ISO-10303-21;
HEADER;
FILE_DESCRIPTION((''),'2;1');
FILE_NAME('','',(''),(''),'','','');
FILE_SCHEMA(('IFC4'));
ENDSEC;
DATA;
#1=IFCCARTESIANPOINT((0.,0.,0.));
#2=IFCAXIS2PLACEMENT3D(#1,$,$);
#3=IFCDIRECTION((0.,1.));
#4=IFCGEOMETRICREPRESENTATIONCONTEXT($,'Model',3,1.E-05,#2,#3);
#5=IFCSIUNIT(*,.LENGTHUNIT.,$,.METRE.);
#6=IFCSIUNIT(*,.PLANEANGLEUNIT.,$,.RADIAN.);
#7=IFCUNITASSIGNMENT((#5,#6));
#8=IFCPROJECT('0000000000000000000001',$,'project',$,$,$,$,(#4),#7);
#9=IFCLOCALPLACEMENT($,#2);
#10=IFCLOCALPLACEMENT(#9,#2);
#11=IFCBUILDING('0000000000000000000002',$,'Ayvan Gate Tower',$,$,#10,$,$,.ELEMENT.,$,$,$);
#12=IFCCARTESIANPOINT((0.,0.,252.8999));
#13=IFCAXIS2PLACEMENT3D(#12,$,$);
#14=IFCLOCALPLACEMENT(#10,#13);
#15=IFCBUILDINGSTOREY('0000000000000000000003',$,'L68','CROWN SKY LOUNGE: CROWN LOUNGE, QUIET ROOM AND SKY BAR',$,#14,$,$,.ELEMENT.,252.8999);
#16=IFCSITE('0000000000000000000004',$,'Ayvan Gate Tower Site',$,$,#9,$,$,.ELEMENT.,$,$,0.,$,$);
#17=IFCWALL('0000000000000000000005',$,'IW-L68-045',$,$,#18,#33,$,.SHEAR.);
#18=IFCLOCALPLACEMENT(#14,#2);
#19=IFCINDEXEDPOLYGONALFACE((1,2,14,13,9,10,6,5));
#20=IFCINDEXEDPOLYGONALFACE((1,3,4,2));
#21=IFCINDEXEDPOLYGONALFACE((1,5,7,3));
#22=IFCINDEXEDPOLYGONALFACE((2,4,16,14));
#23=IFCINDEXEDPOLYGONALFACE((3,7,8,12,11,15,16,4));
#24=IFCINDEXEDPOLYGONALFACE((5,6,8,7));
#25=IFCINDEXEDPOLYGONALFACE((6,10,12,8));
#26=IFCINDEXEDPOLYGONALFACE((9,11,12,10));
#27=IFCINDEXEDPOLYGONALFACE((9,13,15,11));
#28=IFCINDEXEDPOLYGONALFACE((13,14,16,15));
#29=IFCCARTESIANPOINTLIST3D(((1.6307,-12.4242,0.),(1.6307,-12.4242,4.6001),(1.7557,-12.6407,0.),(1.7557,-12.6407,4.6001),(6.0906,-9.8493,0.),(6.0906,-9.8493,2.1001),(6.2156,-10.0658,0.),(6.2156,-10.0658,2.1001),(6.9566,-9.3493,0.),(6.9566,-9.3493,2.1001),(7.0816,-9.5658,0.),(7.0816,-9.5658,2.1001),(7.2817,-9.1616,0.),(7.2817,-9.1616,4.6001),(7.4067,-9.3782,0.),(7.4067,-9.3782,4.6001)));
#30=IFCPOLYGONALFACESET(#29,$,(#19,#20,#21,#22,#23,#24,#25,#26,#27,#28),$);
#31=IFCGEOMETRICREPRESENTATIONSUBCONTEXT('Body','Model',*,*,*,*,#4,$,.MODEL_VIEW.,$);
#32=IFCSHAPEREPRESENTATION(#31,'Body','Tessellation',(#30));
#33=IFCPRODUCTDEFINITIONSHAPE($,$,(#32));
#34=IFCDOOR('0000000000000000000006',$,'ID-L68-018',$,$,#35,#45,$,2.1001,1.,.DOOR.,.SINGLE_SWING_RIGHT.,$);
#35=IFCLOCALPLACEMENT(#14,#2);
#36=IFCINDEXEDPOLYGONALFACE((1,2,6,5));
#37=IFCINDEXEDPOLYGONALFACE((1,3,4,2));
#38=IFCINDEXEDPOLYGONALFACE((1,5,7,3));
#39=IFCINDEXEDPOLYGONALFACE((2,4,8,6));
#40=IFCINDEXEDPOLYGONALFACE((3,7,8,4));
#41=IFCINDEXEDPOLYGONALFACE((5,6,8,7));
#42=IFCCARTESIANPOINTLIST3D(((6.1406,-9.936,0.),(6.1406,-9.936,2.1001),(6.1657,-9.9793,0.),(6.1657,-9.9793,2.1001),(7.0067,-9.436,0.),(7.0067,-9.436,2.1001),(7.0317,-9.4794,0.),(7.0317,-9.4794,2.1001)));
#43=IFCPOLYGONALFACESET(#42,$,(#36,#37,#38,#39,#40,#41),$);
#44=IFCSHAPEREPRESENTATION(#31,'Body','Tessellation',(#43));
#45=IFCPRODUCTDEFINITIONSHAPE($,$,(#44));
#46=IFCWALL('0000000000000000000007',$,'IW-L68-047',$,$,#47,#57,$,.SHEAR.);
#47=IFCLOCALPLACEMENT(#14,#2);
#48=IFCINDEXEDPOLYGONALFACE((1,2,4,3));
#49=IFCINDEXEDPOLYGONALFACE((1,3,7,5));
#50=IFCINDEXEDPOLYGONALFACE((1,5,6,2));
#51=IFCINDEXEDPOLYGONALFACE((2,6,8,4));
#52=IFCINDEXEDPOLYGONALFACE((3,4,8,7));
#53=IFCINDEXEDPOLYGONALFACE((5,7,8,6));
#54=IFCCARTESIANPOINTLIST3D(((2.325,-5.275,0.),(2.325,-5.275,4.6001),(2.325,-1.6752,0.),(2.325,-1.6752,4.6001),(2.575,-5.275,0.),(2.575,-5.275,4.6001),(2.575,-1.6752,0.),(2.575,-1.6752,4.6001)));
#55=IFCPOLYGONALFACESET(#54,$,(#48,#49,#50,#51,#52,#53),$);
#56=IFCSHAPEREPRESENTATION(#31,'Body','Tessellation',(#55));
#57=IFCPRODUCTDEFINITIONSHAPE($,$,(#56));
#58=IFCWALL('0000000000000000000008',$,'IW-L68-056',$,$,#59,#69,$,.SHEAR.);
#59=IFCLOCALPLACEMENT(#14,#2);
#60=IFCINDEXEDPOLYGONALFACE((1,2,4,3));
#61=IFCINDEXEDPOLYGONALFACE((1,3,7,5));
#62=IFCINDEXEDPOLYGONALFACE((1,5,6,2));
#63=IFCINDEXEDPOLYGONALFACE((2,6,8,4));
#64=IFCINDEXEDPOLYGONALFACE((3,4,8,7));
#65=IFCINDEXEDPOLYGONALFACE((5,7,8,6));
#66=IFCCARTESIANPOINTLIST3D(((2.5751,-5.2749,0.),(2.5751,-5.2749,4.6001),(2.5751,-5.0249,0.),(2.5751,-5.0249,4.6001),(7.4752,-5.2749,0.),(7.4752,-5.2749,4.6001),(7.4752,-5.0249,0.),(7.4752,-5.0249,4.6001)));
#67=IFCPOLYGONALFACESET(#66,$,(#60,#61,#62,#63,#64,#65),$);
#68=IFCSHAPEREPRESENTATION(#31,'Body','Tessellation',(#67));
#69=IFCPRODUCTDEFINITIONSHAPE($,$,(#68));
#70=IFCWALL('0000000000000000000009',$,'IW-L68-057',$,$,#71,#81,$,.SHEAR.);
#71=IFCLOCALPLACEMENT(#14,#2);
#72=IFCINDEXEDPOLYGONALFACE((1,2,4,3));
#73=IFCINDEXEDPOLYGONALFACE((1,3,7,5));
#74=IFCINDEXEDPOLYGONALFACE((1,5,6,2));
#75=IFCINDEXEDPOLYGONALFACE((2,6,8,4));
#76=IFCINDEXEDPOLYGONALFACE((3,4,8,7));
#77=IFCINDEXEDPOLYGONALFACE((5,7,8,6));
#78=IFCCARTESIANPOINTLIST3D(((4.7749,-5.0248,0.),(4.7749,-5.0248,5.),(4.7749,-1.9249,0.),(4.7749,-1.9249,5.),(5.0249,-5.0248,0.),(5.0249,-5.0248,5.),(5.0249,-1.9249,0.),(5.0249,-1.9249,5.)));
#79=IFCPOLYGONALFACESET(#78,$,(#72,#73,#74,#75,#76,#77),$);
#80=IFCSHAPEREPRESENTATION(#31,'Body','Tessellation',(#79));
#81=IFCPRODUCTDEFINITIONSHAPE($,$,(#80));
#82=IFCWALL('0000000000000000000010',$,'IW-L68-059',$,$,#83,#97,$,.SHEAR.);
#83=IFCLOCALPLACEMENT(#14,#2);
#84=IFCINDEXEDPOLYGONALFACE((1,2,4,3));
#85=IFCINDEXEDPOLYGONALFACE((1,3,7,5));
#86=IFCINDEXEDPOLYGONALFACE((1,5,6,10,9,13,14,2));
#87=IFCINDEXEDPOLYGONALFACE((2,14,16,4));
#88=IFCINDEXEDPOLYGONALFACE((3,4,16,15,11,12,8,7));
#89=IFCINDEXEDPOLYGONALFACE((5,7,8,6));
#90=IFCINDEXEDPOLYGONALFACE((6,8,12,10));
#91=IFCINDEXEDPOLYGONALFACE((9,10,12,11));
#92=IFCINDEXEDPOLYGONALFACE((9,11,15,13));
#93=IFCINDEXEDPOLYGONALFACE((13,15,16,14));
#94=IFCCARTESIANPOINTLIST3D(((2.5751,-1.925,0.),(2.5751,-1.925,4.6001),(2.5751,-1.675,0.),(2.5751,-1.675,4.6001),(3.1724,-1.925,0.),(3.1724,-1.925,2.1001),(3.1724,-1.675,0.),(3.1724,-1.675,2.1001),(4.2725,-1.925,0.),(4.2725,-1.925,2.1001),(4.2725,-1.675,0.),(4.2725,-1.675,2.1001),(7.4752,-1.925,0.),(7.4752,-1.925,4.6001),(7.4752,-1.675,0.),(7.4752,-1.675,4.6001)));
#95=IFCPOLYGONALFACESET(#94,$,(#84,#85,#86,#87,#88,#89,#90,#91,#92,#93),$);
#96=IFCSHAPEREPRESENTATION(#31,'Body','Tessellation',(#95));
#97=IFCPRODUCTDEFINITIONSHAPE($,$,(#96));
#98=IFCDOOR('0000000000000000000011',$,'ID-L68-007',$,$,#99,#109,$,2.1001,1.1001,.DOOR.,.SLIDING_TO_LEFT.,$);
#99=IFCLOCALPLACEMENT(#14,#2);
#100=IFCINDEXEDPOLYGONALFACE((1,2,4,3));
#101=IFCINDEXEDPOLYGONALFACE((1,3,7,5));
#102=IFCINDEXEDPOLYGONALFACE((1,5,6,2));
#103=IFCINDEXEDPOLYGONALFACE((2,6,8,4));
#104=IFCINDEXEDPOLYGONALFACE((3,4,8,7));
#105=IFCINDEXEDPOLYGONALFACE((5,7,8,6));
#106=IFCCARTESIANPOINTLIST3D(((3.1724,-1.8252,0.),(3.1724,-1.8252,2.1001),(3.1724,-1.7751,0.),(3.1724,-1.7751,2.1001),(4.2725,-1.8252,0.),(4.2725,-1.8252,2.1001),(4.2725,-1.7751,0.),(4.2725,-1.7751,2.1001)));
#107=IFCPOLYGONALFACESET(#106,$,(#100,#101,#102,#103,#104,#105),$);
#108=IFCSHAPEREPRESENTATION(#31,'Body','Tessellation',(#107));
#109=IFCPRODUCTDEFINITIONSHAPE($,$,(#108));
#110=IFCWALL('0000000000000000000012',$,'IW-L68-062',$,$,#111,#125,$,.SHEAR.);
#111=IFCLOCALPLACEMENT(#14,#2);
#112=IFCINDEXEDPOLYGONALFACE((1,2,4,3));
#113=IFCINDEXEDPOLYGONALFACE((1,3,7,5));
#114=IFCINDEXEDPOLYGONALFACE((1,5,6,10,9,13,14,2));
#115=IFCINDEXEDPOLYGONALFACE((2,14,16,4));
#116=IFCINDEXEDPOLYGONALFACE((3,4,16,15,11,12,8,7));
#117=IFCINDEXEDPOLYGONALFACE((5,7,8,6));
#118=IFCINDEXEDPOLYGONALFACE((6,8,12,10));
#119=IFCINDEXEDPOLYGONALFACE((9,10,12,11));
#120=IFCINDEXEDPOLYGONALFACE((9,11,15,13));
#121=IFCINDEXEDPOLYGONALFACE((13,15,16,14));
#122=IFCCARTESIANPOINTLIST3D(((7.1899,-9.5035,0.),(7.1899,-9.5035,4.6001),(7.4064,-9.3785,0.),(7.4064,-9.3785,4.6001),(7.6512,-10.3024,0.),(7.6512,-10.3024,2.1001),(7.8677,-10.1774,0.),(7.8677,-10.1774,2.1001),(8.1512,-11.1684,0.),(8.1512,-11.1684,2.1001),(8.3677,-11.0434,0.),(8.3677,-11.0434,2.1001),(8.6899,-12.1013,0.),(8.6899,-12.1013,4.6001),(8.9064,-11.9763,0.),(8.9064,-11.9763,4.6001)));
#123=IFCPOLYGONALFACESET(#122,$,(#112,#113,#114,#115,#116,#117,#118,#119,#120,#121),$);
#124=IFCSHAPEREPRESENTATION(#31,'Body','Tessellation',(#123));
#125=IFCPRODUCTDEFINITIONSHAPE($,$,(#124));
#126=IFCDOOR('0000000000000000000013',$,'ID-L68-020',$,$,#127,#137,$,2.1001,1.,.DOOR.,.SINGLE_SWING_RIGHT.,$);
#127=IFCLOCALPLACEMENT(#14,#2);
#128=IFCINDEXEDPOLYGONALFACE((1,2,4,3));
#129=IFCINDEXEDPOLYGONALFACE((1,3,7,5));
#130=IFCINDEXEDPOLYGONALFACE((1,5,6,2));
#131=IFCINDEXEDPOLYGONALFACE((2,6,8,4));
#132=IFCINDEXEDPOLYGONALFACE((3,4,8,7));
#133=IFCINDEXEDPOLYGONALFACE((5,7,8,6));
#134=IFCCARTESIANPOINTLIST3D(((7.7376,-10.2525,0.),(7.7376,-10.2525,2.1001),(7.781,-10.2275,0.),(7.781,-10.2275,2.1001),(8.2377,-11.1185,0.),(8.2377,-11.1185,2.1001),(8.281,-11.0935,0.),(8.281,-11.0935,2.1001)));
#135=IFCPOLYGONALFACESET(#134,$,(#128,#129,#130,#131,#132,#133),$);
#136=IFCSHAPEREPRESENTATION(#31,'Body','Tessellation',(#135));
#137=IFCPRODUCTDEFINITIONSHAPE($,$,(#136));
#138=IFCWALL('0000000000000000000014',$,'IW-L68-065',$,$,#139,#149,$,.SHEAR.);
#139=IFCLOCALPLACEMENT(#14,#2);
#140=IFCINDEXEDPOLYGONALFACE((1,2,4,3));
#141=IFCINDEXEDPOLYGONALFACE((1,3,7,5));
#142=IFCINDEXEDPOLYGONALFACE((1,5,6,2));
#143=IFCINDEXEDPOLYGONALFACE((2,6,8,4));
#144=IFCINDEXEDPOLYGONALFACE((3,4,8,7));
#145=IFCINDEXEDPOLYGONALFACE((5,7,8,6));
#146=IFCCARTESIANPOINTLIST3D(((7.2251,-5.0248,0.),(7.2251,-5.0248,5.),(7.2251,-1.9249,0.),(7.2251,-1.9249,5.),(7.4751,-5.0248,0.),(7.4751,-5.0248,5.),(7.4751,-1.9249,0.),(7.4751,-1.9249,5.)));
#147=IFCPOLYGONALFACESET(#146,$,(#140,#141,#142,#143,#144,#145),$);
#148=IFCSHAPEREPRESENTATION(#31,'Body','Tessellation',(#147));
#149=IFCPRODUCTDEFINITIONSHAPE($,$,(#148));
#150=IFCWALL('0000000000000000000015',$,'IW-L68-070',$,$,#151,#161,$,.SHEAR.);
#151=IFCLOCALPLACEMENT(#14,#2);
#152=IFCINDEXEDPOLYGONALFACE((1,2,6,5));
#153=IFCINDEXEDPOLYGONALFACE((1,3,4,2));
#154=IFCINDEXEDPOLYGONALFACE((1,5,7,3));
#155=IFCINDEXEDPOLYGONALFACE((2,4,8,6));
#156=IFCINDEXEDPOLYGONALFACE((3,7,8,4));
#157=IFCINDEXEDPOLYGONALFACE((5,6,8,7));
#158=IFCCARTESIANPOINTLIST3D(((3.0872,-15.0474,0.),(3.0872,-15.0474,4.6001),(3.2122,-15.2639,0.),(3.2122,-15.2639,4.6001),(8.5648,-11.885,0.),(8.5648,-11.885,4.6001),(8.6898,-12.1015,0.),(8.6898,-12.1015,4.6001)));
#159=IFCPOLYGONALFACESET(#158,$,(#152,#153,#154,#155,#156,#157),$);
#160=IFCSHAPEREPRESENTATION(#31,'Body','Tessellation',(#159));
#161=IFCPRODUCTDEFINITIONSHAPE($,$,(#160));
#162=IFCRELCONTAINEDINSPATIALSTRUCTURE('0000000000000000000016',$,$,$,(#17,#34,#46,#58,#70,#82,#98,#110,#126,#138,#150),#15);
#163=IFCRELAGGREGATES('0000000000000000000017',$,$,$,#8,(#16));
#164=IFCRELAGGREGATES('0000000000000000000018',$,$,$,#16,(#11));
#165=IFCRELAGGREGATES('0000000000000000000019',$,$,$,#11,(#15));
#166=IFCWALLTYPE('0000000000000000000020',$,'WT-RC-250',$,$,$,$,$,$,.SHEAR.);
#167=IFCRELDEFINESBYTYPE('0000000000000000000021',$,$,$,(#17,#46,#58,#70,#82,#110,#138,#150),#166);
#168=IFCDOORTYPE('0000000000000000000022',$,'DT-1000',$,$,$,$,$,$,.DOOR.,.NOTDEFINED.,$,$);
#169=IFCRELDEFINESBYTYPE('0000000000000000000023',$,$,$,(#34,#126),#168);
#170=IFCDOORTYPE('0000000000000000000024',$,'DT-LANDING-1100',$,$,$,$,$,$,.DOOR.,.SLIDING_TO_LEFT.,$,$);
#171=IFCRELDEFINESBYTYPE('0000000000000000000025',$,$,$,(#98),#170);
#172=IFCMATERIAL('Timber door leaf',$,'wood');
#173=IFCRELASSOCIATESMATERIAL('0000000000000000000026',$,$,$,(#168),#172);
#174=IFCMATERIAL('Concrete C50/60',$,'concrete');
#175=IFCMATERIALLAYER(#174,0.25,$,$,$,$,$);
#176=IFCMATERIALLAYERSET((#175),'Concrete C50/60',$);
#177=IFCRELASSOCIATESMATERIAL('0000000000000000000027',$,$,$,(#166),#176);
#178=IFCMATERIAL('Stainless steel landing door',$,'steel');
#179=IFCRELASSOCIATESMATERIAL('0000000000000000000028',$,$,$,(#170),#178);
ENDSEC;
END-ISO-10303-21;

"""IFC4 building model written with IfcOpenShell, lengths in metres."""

from ifc_helpers import new_model, si_unit, direction, frame, frame_2d, origin, place, context, subcontext, project, spatial, rectangle, extrude, material, layer, layer_set, type_object, element, fill, save


model = new_model("IFC4")

# Units and contexts
model_context = context("Model", 3, precision=1e-05, world=origin(), true_north=direction((0.0, 1.0)))
body_context = subcontext(model_context, "Body", "Model", "MODEL_VIEW")
ifc_project = project(units=[si_unit("LENGTHUNIT", "METRE"), si_unit("PLANEANGLEUNIT", "RADIAN")], contexts=[model_context])

# Site, building, storey
site_placement = place(None, origin())
site = spatial("IfcSite", under=ifc_project, at=site_placement, Name="Ayvan Gate Tower Site", CompositionType="ELEMENT", RefElevation=0.0)
building_placement = place(site_placement, origin())
building = spatial("IfcBuilding", under=site, at=building_placement, Name="Ayvan Gate Tower", CompositionType="ELEMENT")
storey_placement = place(building_placement, frame((0.0, 0.0, 252.8999)))
storey = spatial("IfcBuildingStorey", under=building, at=storey_placement, Name="L68", Description="CROWN SKY LOUNGE: CROWN LOUNGE, QUIET ROOM AND SKY BAR", CompositionType="ELEMENT", Elevation=252.8999)

# Shared definitions
ifc_material_1 = material(Name="Timber door leaf", Category="wood")

# Shared definitions
door_type_1 = type_object("IfcDoorType", Name="DT-1000", OperationType="NOTDEFINED", PredefinedType="DOOR", material=ifc_material_1)

# Shared definitions
ifc_material_2 = material(Name="Concrete C50/60", Category="concrete")
ifc_layer_1 = layer(ifc_material_2, 0.25)
ifc_layer_set_1 = layer_set([ifc_layer_1], Name="Concrete C50/60")
wall_type_1 = type_object("IfcWallType", Name="WT-RC-250", PredefinedType="SHEAR", material=ifc_layer_set_1)

# Wall, opening, door
wall_1_placement = place(storey_placement, frame((1.6931, -12.5325, 0.0), z_axis=(0.0, 0.0, 1.0), x_axis=(0.866031, 0.49999, 0.0)))
wall_1 = element("IfcWall", 1, at=wall_1_placement, inside=storey, type_object=wall_type_1, Name="IW-L68-045", PredefinedType="SHEAR", context=body_context, shape_type="SweptSolid", body=[
    extrude(rectangle(XDim=6.5251, YDim=0.25, at=frame_2d((3.2627, 0.0))), origin(), (0.0, 0.0, 1.0), 4.6001),
])
opening_1_placement = place(wall_1_placement, frame((5.1499, 0.0, 0.0)))
opening_1 = element("IfcOpeningElement", 2, at=opening_1_placement, cuts=wall_1, PredefinedType="OPENING", context=body_context, shape_type="SweptSolid", body=[
    extrude(rectangle(XDim=1.0, YDim=2.1001, at=frame_2d((0.5, 1.05))), frame((0.0, 0.135, 0.0), z_axis=(0.0, -1.0, 0.0), x_axis=(1.0, 0.0, 0.0)), (0.0, 0.0, 1.0), 0.27),
])
door_1_placement = place(opening_1_placement, origin())
door_1 = element("IfcDoor", 3, at=door_1_placement, inside=storey, type_object=door_type_1, Name="ID-L68-018", OperationType="SINGLE_SWING_RIGHT", OverallHeight=2.1001, OverallWidth=1.0, PredefinedType="DOOR", context=body_context, shape_type="SweptSolid", body=[
    extrude(rectangle(XDim=1.0, YDim=2.1001, at=frame_2d((0.5, 1.05))), frame((0.0, 0.0249, 0.0), z_axis=(0.0, -1.0, 0.0), x_axis=(1.0, 0.0, 0.0)), (0.0, 0.0, 1.0), 0.05),
])
fill(opening_1, door_1)

# Walls
wall_2_placement = place(storey_placement, frame((2.45, -5.2749, 0.0), z_axis=(0.0, 0.0, 1.0), x_axis=(0.0, 1.0, 0.0)))
element("IfcWall", 4, at=wall_2_placement, inside=storey, type_object=wall_type_1, Name="IW-L68-047", PredefinedType="SHEAR", context=body_context, shape_type="SweptSolid", body=[
    extrude(rectangle(XDim=3.5999, YDim=0.25, at=frame_2d((1.7998, 0.0))), origin(), (0.0, 0.0, 1.0), 4.6001),
])
wall_3_placement = place(storey_placement, frame((2.575, -5.1499, 0.0), z_axis=(0.0, 0.0, 1.0), x_axis=(1.0, 0.0, 0.0)))
element("IfcWall", 5, at=wall_3_placement, inside=storey, type_object=wall_type_1, Name="IW-L68-056", PredefinedType="SHEAR", context=body_context, shape_type="SweptSolid", body=[
    extrude(rectangle(XDim=4.9001, YDim=0.25, at=frame_2d((2.4502, 0.0))), origin(), (0.0, 0.0, 1.0), 4.6001),
])
wall_4_placement = place(storey_placement, frame((4.8999, -1.925, 0.0), z_axis=(0.0, 0.0, 1.0), x_axis=(0.0, -1.0, 0.0)))
element("IfcWall", 6, at=wall_4_placement, inside=storey, type_object=wall_type_1, Name="IW-L68-057", PredefinedType="SHEAR", context=body_context, shape_type="SweptSolid", body=[
    extrude(rectangle(XDim=3.0999, YDim=0.25, at=frame_2d((1.5498, 0.0))), origin(), (0.0, 0.0, 1.0), 5.0),
])

# Walls, openings, doors
wall_5_placement = place(storey_placement, frame((2.575, -1.8, 0.0), z_axis=(0.0, 0.0, 1.0), x_axis=(1.0, 0.0, 0.0)))
wall_5 = element("IfcWall", 7, at=wall_5_placement, inside=storey, type_object=wall_type_1, Name="IW-L68-059", PredefinedType="SHEAR", context=body_context, shape_type="SweptSolid", body=[
    extrude(rectangle(XDim=4.9001, YDim=0.25, at=frame_2d((2.4502, 0.0))), origin(), (0.0, 0.0, 1.0), 4.6001),
])
opening_2_placement = place(wall_5_placement, frame((0.5974, 0.0, 0.0)))
opening_2 = element("IfcOpeningElement", 8, at=opening_2_placement, cuts=wall_5, PredefinedType="OPENING", context=body_context, shape_type="SweptSolid", body=[
    extrude(rectangle(XDim=1.1001, YDim=2.1001, at=frame_2d((0.55, 1.05))), frame((0.0, 0.135, 0.0), z_axis=(0.0, -1.0, 0.0), x_axis=(1.0, 0.0, 0.0)), (0.0, 0.0, 1.0), 0.27),
])
ifc_material_3 = material(Name="Stainless steel landing door", Category="steel")
door_type_2 = type_object("IfcDoorType", Name="DT-LANDING-1100", OperationType="SLIDING_TO_LEFT", PredefinedType="DOOR", material=ifc_material_3)
door_2_placement = place(opening_2_placement, origin())
door_2 = element("IfcDoor", 9, at=door_2_placement, inside=storey, type_object=door_type_2, Name="ID-L68-007", OperationType="SLIDING_TO_LEFT", OverallHeight=2.1001, OverallWidth=1.1001, PredefinedType="DOOR", context=body_context, shape_type="SweptSolid", body=[
    extrude(rectangle(XDim=1.1001, YDim=2.1001, at=frame_2d((0.55, 1.05))), frame((0.0, 0.0249, 0.0), z_axis=(0.0, -1.0, 0.0), x_axis=(1.0, 0.0, 0.0)), (0.0, 0.0, 1.0), 0.05),
])
fill(opening_2, door_2)
wall_6_placement = place(storey_placement, frame((7.2981, -9.4409, 0.0), z_axis=(0.0, 0.0, 1.0), x_axis=(0.500025, -0.866011, 0.0)))
wall_6 = element("IfcWall", 10, at=wall_6_placement, inside=storey, type_object=wall_type_1, Name="IW-L68-062", PredefinedType="SHEAR", context=body_context, shape_type="SweptSolid", body=[
    extrude(rectangle(XDim=2.9998, YDim=0.25, at=frame_2d((1.5, 0.0))), origin(), (0.0, 0.0, 1.0), 4.6001),
])
opening_3_placement = place(wall_6_placement, frame((0.9226, 0.0, 0.0)))
opening_3 = element("IfcOpeningElement", 11, at=opening_3_placement, cuts=wall_6, PredefinedType="OPENING", context=body_context, shape_type="SweptSolid", body=[
    extrude(rectangle(XDim=1.0, YDim=2.1001, at=frame_2d((0.5, 1.05))), frame((0.0, 0.135, 0.0), z_axis=(0.0, -1.0, 0.0), x_axis=(1.0, 0.0, 0.0)), (0.0, 0.0, 1.0), 0.27),
])
door_3_placement = place(opening_3_placement, origin())
door_3 = element("IfcDoor", 12, at=door_3_placement, inside=storey, type_object=door_type_1, Name="ID-L68-020", OperationType="SINGLE_SWING_RIGHT", OverallHeight=2.1001, OverallWidth=1.0, PredefinedType="DOOR", context=body_context, shape_type="SweptSolid", body=[
    extrude(rectangle(XDim=1.0, YDim=2.1001, at=frame_2d((0.5, 1.05))), frame((0.0, 0.0249, 0.0), z_axis=(0.0, -1.0, 0.0), x_axis=(1.0, 0.0, 0.0)), (0.0, 0.0, 1.0), 0.05),
])
fill(opening_3, door_3)

# Walls
wall_7_placement = place(storey_placement, frame((7.3501, -1.925, 0.0), z_axis=(0.0, 0.0, 1.0), x_axis=(0.0, -1.0, 0.0)))
element("IfcWall", 13, at=wall_7_placement, inside=storey, type_object=wall_type_1, Name="IW-L68-065", PredefinedType="SHEAR", context=body_context, shape_type="SweptSolid", body=[
    extrude(rectangle(XDim=3.0999, YDim=0.25, at=frame_2d((1.5498, 0.0))), origin(), (0.0, 0.0, 1.0), 5.0),
])
wall_8_placement = place(storey_placement, frame((8.6274, -11.9932, 0.0), z_axis=(0.0, 0.0, 1.0), x_axis=(-0.866033, -0.499988, 0.0)))
element("IfcWall", 14, at=wall_8_placement, inside=storey, type_object=wall_type_1, Name="IW-L68-070", PredefinedType="SHEAR", context=body_context, shape_type="SweptSolid", body=[
    extrude(rectangle(XDim=6.325, YDim=0.25, at=frame_2d((3.1626, 0.0))), origin(), (0.0, 0.0, 1.0), 4.6001),
])

save(model, "model.ifc")
